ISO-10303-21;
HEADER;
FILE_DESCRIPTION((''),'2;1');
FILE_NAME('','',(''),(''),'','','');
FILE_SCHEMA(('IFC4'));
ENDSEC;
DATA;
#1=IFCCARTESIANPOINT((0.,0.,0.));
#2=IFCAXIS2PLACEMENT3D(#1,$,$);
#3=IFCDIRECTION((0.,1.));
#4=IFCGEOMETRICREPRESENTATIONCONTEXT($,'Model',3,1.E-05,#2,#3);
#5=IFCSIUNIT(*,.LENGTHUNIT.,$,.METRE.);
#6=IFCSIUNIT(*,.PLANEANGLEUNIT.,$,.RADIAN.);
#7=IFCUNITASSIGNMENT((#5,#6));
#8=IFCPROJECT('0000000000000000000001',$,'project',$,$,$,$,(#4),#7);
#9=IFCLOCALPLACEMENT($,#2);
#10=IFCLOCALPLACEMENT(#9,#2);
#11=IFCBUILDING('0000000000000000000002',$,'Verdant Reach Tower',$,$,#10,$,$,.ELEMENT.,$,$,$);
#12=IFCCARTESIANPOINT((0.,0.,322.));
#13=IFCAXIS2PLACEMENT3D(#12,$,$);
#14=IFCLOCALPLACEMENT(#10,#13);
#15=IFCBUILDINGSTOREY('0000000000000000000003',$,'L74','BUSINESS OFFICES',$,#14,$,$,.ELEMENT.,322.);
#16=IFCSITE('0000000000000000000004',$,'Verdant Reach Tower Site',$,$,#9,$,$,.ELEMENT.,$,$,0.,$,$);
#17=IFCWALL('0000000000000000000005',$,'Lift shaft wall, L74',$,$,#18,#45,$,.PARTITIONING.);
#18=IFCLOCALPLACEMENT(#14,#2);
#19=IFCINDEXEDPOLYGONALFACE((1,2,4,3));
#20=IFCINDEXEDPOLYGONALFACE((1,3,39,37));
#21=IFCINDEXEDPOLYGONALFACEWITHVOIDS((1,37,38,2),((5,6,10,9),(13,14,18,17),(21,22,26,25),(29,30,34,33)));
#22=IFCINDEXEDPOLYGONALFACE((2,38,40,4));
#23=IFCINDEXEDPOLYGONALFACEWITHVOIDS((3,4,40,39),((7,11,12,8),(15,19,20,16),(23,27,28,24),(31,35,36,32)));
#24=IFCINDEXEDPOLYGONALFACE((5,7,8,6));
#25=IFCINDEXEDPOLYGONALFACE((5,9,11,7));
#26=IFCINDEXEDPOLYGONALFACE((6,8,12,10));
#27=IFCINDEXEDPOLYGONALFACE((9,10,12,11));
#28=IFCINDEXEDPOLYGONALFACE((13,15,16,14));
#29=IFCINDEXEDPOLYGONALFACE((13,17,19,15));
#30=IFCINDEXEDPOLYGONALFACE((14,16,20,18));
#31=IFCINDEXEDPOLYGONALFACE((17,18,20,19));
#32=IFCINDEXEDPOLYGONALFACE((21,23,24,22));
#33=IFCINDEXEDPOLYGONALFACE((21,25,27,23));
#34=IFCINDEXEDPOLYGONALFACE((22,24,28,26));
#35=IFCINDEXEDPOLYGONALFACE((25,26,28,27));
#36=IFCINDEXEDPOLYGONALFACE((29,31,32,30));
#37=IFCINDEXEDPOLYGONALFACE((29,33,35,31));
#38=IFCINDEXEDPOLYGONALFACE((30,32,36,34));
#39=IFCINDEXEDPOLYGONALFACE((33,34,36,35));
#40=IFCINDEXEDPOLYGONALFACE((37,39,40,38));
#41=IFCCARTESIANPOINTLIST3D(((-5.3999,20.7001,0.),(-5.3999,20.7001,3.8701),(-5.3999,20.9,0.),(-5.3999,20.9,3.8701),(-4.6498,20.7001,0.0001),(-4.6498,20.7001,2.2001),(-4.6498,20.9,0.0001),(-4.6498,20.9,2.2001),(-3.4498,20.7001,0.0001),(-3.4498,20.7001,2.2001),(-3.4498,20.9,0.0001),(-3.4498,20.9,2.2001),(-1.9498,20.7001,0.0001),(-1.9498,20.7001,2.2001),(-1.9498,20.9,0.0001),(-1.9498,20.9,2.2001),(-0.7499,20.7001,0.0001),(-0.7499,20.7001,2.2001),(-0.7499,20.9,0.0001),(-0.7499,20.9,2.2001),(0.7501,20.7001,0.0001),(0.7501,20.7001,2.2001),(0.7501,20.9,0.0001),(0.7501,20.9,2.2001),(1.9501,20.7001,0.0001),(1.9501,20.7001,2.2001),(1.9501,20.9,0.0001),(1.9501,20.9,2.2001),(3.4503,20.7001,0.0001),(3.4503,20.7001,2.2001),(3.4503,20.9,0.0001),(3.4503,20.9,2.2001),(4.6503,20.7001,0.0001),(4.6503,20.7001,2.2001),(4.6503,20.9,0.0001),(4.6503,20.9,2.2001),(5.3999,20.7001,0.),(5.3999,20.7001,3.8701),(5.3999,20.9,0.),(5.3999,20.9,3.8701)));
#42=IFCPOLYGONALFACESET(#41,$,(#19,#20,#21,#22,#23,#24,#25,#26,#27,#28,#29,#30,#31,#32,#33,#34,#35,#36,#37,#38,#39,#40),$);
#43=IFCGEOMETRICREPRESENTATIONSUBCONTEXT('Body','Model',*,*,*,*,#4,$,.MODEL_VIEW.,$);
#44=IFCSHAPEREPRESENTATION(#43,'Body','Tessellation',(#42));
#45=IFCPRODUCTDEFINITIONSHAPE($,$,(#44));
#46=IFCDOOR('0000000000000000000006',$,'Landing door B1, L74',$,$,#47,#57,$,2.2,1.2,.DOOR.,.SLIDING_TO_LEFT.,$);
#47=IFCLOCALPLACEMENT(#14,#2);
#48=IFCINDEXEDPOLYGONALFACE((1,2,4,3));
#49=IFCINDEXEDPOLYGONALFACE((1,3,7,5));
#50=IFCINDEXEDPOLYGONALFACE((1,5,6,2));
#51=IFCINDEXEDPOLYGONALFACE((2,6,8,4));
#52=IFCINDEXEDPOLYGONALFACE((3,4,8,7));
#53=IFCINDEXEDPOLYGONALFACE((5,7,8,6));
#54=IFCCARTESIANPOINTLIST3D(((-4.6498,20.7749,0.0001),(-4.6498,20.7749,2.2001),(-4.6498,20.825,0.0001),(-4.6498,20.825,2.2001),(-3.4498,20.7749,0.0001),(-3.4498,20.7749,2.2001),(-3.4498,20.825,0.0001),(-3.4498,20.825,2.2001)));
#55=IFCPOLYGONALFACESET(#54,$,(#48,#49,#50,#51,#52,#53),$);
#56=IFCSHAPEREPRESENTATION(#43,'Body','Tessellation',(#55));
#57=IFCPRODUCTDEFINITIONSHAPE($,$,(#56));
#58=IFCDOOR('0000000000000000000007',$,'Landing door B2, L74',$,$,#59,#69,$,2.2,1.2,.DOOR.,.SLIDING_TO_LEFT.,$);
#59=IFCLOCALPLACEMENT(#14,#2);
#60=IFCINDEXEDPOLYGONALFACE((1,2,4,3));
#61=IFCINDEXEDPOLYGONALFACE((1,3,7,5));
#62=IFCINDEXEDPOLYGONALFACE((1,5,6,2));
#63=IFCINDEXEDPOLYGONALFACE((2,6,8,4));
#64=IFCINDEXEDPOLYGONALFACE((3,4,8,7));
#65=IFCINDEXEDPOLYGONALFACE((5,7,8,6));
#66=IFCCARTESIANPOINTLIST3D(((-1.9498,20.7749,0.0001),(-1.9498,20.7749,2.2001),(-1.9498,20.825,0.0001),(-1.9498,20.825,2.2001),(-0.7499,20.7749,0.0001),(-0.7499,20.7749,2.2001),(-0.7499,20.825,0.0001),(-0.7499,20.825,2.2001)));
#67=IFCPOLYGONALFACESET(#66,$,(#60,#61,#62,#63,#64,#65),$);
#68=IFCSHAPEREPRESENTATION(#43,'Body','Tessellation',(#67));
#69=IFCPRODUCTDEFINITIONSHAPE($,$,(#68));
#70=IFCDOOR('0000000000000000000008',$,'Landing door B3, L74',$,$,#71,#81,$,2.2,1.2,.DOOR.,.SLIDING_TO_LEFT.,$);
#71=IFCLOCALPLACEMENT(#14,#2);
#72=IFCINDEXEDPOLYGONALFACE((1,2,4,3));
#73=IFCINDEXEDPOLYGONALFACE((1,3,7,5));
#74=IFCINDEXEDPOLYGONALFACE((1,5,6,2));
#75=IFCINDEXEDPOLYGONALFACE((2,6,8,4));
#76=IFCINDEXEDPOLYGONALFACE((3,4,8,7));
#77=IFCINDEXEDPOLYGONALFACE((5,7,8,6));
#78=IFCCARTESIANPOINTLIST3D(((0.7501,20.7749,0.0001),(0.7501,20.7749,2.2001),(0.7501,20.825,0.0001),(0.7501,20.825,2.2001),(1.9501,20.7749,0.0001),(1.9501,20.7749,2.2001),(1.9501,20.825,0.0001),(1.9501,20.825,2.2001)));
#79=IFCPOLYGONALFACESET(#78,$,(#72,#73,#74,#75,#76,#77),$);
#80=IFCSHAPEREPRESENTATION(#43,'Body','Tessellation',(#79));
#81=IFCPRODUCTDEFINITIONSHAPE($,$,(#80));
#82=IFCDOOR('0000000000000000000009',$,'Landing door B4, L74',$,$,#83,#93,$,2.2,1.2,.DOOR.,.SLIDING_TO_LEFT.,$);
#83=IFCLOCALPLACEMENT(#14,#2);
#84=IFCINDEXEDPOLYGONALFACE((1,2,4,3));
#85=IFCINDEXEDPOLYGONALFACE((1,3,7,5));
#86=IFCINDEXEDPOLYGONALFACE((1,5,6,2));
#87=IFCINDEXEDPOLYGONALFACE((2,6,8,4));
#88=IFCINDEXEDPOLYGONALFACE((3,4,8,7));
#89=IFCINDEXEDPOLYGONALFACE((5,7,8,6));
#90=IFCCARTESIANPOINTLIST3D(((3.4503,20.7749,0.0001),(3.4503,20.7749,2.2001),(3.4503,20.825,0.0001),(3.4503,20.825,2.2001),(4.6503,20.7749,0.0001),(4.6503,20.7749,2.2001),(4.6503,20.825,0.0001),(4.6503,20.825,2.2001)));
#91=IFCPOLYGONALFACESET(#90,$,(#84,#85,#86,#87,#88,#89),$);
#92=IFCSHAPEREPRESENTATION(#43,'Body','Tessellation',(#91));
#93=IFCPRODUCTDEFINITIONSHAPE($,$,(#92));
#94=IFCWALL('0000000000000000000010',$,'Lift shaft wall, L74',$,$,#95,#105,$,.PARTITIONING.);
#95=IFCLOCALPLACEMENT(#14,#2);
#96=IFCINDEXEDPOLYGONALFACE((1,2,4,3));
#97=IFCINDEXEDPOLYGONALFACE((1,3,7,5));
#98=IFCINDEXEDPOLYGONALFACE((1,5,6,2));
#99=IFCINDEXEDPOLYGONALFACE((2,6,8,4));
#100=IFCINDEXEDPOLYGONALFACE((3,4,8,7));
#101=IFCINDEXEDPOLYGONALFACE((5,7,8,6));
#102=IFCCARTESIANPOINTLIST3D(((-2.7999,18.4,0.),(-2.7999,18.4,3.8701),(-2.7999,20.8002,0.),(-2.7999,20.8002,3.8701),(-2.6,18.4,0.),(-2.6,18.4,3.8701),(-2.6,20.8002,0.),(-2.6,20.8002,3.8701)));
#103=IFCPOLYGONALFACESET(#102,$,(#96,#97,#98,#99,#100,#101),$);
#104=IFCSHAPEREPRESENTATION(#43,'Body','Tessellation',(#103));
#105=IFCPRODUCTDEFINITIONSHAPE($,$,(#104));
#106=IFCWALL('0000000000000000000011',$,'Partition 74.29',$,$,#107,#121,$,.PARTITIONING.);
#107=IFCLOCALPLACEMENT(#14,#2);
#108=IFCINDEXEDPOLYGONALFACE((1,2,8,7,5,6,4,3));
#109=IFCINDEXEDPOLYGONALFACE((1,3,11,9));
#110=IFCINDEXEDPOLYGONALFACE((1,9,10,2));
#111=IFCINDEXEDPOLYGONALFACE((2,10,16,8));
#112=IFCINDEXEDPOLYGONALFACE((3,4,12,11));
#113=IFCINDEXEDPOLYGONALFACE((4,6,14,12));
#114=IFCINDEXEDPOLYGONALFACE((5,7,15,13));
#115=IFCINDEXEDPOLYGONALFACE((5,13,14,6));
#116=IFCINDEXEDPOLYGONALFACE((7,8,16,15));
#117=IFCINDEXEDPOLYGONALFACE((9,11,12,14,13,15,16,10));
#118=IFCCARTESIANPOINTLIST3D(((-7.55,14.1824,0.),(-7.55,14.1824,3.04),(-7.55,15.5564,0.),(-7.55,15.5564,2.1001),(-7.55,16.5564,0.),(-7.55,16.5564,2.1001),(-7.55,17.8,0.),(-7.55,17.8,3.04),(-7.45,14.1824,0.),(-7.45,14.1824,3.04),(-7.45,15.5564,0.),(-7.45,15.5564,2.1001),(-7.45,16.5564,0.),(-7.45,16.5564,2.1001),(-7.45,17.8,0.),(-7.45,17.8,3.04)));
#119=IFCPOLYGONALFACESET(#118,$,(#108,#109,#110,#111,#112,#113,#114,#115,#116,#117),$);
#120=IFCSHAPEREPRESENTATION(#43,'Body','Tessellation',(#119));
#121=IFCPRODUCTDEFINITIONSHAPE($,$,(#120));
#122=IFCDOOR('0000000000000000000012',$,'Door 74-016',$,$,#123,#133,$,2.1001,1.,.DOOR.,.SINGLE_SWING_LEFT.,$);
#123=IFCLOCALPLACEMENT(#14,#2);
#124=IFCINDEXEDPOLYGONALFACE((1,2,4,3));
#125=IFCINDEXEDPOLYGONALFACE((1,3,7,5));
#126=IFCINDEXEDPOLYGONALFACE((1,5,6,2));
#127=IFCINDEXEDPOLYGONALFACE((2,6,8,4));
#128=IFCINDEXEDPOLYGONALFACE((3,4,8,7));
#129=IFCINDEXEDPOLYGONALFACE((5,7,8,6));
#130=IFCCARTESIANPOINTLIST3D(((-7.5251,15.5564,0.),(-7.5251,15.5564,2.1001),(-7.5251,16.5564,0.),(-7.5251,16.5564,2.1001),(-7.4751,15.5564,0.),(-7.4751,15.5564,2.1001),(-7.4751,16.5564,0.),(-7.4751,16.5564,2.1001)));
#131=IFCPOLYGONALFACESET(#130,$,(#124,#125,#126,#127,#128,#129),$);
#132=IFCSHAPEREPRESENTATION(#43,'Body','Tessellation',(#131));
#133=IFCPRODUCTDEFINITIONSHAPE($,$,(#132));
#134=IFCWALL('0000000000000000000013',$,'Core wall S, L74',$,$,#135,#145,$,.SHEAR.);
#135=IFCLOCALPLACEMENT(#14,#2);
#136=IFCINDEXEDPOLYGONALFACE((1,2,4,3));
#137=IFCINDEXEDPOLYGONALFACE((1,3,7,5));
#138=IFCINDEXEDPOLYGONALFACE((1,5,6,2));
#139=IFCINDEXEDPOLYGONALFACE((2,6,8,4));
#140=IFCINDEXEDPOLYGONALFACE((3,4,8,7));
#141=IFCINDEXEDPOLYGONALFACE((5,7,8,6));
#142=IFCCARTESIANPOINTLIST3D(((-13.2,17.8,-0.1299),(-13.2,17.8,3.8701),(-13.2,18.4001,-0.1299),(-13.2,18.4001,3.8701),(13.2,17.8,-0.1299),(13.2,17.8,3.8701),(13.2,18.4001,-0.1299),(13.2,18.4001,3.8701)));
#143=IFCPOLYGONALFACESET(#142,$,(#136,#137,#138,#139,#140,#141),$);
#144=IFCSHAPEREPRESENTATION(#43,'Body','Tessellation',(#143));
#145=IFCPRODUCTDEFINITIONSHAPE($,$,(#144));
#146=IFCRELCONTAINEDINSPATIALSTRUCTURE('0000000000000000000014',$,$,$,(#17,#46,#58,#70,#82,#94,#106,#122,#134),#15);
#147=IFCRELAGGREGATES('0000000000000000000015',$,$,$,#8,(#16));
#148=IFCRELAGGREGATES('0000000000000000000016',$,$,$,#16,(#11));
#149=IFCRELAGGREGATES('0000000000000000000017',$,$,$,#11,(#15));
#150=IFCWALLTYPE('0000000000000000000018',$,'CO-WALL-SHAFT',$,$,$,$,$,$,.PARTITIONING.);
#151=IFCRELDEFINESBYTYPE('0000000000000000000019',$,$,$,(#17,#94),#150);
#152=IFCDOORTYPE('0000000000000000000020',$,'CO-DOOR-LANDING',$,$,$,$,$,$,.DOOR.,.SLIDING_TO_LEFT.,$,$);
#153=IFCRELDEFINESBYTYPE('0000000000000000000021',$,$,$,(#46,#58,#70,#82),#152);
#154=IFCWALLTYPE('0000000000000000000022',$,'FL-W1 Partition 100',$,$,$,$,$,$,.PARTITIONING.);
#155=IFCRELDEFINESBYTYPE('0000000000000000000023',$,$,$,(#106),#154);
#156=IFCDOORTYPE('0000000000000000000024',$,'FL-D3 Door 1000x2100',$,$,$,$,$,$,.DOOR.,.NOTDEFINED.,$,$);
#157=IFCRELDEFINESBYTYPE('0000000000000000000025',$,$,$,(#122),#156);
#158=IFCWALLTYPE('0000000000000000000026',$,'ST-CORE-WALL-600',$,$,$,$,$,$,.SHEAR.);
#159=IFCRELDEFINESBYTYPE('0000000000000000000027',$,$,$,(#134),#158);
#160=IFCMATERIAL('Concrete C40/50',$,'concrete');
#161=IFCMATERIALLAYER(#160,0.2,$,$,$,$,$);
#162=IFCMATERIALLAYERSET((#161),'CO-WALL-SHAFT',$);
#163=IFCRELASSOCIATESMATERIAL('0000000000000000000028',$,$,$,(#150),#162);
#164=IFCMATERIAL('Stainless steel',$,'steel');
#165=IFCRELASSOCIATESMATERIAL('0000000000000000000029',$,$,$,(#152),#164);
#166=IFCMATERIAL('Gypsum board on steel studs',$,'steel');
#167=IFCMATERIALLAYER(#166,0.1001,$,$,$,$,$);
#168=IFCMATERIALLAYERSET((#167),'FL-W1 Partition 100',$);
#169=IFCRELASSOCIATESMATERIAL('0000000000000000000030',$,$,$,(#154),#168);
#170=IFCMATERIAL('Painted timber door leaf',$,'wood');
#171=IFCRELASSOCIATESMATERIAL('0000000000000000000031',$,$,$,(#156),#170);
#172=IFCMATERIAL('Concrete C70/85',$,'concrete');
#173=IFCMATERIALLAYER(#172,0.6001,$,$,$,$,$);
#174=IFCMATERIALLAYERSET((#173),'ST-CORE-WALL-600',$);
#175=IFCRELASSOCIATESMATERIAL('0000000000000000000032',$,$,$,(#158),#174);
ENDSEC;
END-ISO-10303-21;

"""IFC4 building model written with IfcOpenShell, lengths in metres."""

from ifc_helpers import new_model, si_unit, direction, frame, frame_2d, origin, place, context, subcontext, project, spatial, rectangle, extrude, material, layer, layer_set, type_object, element, fill, save


model = new_model("IFC4")

# Units and contexts
model_context = context("Model", 3, precision=1e-05, world=origin(), true_north=direction((0.0, 1.0)))
body_context = subcontext(model_context, "Body", "Model", "MODEL_VIEW")
ifc_project = project(units=[si_unit("LENGTHUNIT", "METRE"), si_unit("PLANEANGLEUNIT", "RADIAN")], contexts=[model_context])

# Site, building, storey
site_placement = place(None, origin())
site = spatial("IfcSite", under=ifc_project, at=site_placement, Name="Verdant Reach Tower Site", CompositionType="ELEMENT", RefElevation=0.0)
building_placement = place(site_placement, origin())
building = spatial("IfcBuilding", under=site, at=building_placement, Name="Verdant Reach Tower", CompositionType="ELEMENT")
storey_placement = place(building_placement, frame((0.0, 0.0, 322.0)))
storey = spatial("IfcBuildingStorey", under=building, at=storey_placement, Name="L74", Description="BUSINESS OFFICES", CompositionType="ELEMENT", Elevation=322.0)

# Shared definitions
ifc_material_1 = material(Name="Gypsum board on steel studs", Category="steel")

# Wall, openings, doors
ifc_material_2 = material(Name="Concrete C40/50", Category="concrete")
ifc_layer_1 = layer(ifc_material_2, 0.2)
ifc_layer_set_1 = layer_set([ifc_layer_1], Name="CO-WALL-SHAFT")
wall_type_1 = type_object("IfcWallType", Name="CO-WALL-SHAFT", PredefinedType="PARTITIONING", material=ifc_layer_set_1)
wall_1_placement = place(storey_placement, frame((-5.3999, 20.8, 0.0), z_axis=(0.0, 0.0, 1.0), x_axis=(1.0, 0.0, 0.0)))
wall_1 = element("IfcWall", 1, at=wall_1_placement, inside=storey, type_object=wall_type_1, Name="Lift shaft wall, L74", PredefinedType="PARTITIONING", context=body_context, shape_type="SweptSolid", body=[
    extrude(rectangle(XDim=10.7998, YDim=0.2, at=frame_2d((5.3999, 0.0))), origin(), (0.0, 0.0, 1.0), 3.8701),
])
opening_1_placement = place(wall_1_placement, frame((0.75, 0.0, 0.0)))
opening_1 = element("IfcOpeningElement", 2, at=opening_1_placement, cuts=wall_1, PredefinedType="OPENING", context=body_context, shape_type="SweptSolid", body=[
    extrude(rectangle(XDim=1.2, YDim=2.2, at=frame_2d((0.6001, 1.1001))), frame((0.0, 0.1099, 0.0), z_axis=(0.0, -1.0, 0.0), x_axis=(1.0, 0.0, 0.0)), (0.0, 0.0, 1.0), 0.22),
])
opening_2_placement = place(wall_1_placement, frame((3.45, 0.0, 0.0)))
opening_2 = element("IfcOpeningElement", 3, at=opening_2_placement, cuts=wall_1, PredefinedType="OPENING", context=body_context, shape_type="SweptSolid", body=[
    extrude(rectangle(XDim=1.2, YDim=2.2, at=frame_2d((0.6001, 1.1001))), frame((0.0, 0.1099, 0.0), z_axis=(0.0, -1.0, 0.0), x_axis=(1.0, 0.0, 0.0)), (0.0, 0.0, 1.0), 0.22),
])
opening_3_placement = place(wall_1_placement, frame((6.1499, 0.0, 0.0)))
opening_3 = element("IfcOpeningElement", 4, at=opening_3_placement, cuts=wall_1, PredefinedType="OPENING", context=body_context, shape_type="SweptSolid", body=[
    extrude(rectangle(XDim=1.2, YDim=2.2, at=frame_2d((0.6001, 1.1001))), frame((0.0, 0.1099, 0.0), z_axis=(0.0, -1.0, 0.0), x_axis=(1.0, 0.0, 0.0)), (0.0, 0.0, 1.0), 0.22),
])
opening_4_placement = place(wall_1_placement, frame((8.8501, 0.0, 0.0)))
opening_4 = element("IfcOpeningElement", 5, at=opening_4_placement, cuts=wall_1, PredefinedType="OPENING", context=body_context, shape_type="SweptSolid", body=[
    extrude(rectangle(XDim=1.2, YDim=2.2, at=frame_2d((0.6001, 1.1001))), frame((0.0, 0.1099, 0.0), z_axis=(0.0, -1.0, 0.0), x_axis=(1.0, 0.0, 0.0)), (0.0, 0.0, 1.0), 0.22),
])
ifc_material_3 = material(Name="Stainless steel", Category="steel")
door_type_1 = type_object("IfcDoorType", Name="CO-DOOR-LANDING", OperationType="SLIDING_TO_LEFT", PredefinedType="DOOR", material=ifc_material_3)
door_1_placement = place(opening_1_placement, origin())
door_1 = element("IfcDoor", 6, at=door_1_placement, inside=storey, type_object=door_type_1, Name="Landing door B1, L74", OperationType="SLIDING_TO_LEFT", OverallHeight=2.2, OverallWidth=1.2, PredefinedType="DOOR", context=body_context, shape_type="SweptSolid", body=[
    extrude(rectangle(XDim=1.2, YDim=2.2, at=frame_2d((0.6001, 1.1001))), frame((0.0, 0.0249, 0.0), z_axis=(0.0, -1.0, 0.0), x_axis=(1.0, 0.0, 0.0)), (0.0, 0.0, 1.0), 0.05),
])
fill(opening_1, door_1)
door_2_placement = place(opening_2_placement, origin())
door_2 = element("IfcDoor", 7, at=door_2_placement, inside=storey, type_object=door_type_1, Name="Landing door B2, L74", OperationType="SLIDING_TO_LEFT", OverallHeight=2.2, OverallWidth=1.2, PredefinedType="DOOR", context=body_context, shape_type="SweptSolid", body=[
    extrude(rectangle(XDim=1.2, YDim=2.2, at=frame_2d((0.6001, 1.1001))), frame((0.0, 0.0249, 0.0), z_axis=(0.0, -1.0, 0.0), x_axis=(1.0, 0.0, 0.0)), (0.0, 0.0, 1.0), 0.05),
])
fill(opening_2, door_2)
door_3_placement = place(opening_3_placement, origin())
door_3 = element("IfcDoor", 8, at=door_3_placement, inside=storey, type_object=door_type_1, Name="Landing door B3, L74", OperationType="SLIDING_TO_LEFT", OverallHeight=2.2, OverallWidth=1.2, PredefinedType="DOOR", context=body_context, shape_type="SweptSolid", body=[
    extrude(rectangle(XDim=1.2, YDim=2.2, at=frame_2d((0.6001, 1.1001))), frame((0.0, 0.0249, 0.0), z_axis=(0.0, -1.0, 0.0), x_axis=(1.0, 0.0, 0.0)), (0.0, 0.0, 1.0), 0.05),
])
fill(opening_3, door_3)
door_4_placement = place(opening_4_placement, origin())
door_4 = element("IfcDoor", 9, at=door_4_placement, inside=storey, type_object=door_type_1, Name="Landing door B4, L74", OperationType="SLIDING_TO_LEFT", OverallHeight=2.2, OverallWidth=1.2, PredefinedType="DOOR", context=body_context, shape_type="SweptSolid", body=[
    extrude(rectangle(XDim=1.2, YDim=2.2, at=frame_2d((0.6001, 1.1001))), frame((0.0, 0.0249, 0.0), z_axis=(0.0, -1.0, 0.0), x_axis=(1.0, 0.0, 0.0)), (0.0, 0.0, 1.0), 0.05),
])
fill(opening_4, door_4)

# Wall
wall_2_placement = place(storey_placement, frame((-2.7, 18.3999, 0.0), z_axis=(0.0, 0.0, 1.0), x_axis=(0.0, 1.0, 0.0)))
element("IfcWall", 10, at=wall_2_placement, inside=storey, type_object=wall_type_1, Name="Lift shaft wall, L74", PredefinedType="PARTITIONING", context=body_context, shape_type="SweptSolid", body=[
    extrude(rectangle(XDim=2.4001, YDim=0.2, at=frame_2d((1.2002, 0.0))), origin(), (0.0, 0.0, 1.0), 3.8701),
])

# Wall, opening, door
ifc_layer_2 = layer(ifc_material_1, 0.1001)
ifc_layer_set_2 = layer_set([ifc_layer_2], Name="FL-W1 Partition 100")
wall_type_2 = type_object("IfcWallType", Name="FL-W1 Partition 100", PredefinedType="PARTITIONING", material=ifc_layer_set_2)
wall_3_placement = place(storey_placement, frame((-7.5, 17.8, 0.0), z_axis=(0.0, 0.0, 1.0), x_axis=(0.0, -1.0, 0.0)))
wall_3 = element("IfcWall", 11, at=wall_3_placement, inside=storey, type_object=wall_type_2, Name="Partition 74.29", PredefinedType="PARTITIONING", context=body_context, shape_type="SweptSolid", body=[
    extrude(rectangle(XDim=3.6177, YDim=0.1001, at=frame_2d((1.8088, 0.0))), origin(), (0.0, 0.0, 1.0), 3.04),
])
opening_5_placement = place(wall_3_placement, frame((1.2437, 0.0, 0.0)))
opening_5 = element("IfcOpeningElement", 12, at=opening_5_placement, cuts=wall_3, PredefinedType="OPENING", context=body_context, shape_type="SweptSolid", body=[
    extrude(rectangle(XDim=1.0, YDim=2.1001, at=frame_2d((0.5, 1.05))), frame((0.0, 0.0601, 0.0), z_axis=(0.0, -1.0, 0.0), x_axis=(1.0, 0.0, 0.0)), (0.0, 0.0, 1.0), 0.1201),
])
ifc_material_4 = material(Name="Painted timber door leaf", Category="wood")
door_type_2 = type_object("IfcDoorType", Name="FL-D3 Door 1000x2100", OperationType="NOTDEFINED", PredefinedType="DOOR", material=ifc_material_4)
door_5_placement = place(opening_5_placement, origin())
door_5 = element("IfcDoor", 13, at=door_5_placement, inside=storey, type_object=door_type_2, Name="Door 74-016", OperationType="SINGLE_SWING_LEFT", OverallHeight=2.1001, OverallWidth=1.0, PredefinedType="DOOR", context=body_context, shape_type="SweptSolid", body=[
    extrude(rectangle(XDim=1.0, YDim=2.1001, at=frame_2d((0.5, 1.05))), frame((0.0, 0.0249, 0.0), z_axis=(0.0, -1.0, 0.0), x_axis=(1.0, 0.0, 0.0)), (0.0, 0.0, 1.0), 0.05),
])
fill(opening_5, door_5)

# Wall
ifc_material_5 = material(Name="Concrete C70/85", Category="concrete")
ifc_layer_3 = layer(ifc_material_5, 0.6001)
ifc_layer_set_3 = layer_set([ifc_layer_3], Name="ST-CORE-WALL-600")
wall_type_3 = type_object("IfcWallType", Name="ST-CORE-WALL-600", PredefinedType="SHEAR", material=ifc_layer_set_3)
wall_4_placement = place(storey_placement, frame((-13.2, 18.1001, -0.1299), z_axis=(0.0, 0.0, 1.0), x_axis=(1.0, 0.0, 0.0)))
element("IfcWall", 14, at=wall_4_placement, inside=storey, type_object=wall_type_3, Name="Core wall S, L74", PredefinedType="SHEAR", context=body_context, shape_type="SweptSolid", body=[
    extrude(rectangle(XDim=26.3999, YDim=0.6001, at=frame_2d((13.2, 0.0))), origin(), (0.0, 0.0, 1.0), 4.0),
])

save(model, "model.ifc")
